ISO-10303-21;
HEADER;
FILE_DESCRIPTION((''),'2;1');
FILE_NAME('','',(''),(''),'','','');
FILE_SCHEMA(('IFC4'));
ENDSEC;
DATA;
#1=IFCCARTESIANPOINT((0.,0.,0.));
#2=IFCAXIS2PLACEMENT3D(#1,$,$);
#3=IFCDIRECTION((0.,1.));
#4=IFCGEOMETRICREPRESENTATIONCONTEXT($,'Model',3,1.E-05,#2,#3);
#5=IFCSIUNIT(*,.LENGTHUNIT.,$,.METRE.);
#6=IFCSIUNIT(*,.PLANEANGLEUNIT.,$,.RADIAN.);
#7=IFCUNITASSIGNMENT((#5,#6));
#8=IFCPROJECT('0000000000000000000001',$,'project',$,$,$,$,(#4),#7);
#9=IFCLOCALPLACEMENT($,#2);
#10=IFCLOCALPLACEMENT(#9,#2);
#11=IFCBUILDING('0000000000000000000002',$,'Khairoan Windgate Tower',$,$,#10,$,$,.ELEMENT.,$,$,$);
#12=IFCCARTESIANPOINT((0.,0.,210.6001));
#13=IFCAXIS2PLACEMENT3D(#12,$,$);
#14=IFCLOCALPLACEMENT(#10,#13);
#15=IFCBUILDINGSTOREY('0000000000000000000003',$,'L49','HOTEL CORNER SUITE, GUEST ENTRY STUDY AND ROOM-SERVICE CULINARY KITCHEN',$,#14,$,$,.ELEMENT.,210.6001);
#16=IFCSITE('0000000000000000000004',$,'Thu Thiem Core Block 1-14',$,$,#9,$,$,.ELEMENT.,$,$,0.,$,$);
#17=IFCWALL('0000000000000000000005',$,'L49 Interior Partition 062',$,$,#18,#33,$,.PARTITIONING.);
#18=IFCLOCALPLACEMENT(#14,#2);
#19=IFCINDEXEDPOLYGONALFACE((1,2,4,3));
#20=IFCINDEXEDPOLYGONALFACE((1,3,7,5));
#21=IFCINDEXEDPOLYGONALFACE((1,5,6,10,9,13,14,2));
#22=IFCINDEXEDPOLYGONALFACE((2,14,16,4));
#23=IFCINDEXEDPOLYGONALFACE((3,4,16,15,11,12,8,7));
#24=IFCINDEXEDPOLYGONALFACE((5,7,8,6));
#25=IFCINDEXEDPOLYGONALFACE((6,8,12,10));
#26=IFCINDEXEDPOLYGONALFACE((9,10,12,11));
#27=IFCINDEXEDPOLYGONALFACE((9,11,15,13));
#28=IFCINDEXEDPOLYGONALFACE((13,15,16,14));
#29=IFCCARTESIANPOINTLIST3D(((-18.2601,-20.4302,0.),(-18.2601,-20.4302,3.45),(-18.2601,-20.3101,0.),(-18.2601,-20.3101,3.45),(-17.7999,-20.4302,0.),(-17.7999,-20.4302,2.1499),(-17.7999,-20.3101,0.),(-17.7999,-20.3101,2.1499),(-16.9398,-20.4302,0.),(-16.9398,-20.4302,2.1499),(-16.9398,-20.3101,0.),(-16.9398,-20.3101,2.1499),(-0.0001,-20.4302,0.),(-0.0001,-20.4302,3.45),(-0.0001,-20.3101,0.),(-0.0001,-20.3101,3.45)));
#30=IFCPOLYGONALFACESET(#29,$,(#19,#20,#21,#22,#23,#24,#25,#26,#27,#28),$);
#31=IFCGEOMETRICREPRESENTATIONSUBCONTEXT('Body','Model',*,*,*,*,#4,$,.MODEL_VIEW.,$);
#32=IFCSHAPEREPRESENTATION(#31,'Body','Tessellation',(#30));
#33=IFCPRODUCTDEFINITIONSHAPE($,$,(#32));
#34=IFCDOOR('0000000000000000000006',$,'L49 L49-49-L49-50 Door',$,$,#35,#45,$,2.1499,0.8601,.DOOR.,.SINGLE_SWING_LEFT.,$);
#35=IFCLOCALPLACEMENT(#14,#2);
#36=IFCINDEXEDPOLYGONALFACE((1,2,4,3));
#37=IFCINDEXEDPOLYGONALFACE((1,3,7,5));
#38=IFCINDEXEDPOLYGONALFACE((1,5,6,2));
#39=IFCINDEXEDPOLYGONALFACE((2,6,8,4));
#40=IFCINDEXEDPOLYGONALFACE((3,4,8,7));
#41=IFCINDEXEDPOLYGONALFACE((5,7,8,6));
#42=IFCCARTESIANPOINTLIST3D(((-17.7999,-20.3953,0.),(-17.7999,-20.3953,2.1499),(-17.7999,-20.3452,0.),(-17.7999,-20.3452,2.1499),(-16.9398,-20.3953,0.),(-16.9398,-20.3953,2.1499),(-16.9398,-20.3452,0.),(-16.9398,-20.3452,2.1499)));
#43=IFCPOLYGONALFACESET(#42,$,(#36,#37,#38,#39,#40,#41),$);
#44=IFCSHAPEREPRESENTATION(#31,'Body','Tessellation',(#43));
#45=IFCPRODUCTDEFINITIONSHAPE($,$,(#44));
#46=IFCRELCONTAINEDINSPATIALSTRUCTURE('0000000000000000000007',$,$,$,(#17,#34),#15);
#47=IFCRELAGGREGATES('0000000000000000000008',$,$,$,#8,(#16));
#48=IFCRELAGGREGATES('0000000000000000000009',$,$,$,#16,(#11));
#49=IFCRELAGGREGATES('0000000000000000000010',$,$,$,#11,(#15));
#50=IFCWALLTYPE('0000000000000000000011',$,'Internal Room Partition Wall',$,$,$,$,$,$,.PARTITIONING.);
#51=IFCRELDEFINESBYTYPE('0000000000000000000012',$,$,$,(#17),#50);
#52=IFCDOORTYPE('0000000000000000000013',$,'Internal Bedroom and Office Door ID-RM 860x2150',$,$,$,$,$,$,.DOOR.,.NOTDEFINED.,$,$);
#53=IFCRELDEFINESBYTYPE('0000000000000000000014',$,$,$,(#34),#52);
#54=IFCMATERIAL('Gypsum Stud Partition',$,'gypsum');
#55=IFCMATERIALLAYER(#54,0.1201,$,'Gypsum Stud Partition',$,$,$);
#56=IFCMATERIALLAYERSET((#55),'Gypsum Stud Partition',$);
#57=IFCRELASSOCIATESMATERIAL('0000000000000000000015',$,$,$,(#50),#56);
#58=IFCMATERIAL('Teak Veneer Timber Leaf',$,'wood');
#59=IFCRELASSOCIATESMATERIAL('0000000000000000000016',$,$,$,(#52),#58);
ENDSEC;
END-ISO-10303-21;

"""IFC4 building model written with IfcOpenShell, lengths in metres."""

from ifc_helpers import new_model, si_unit, direction, frame, frame_2d, origin, place, context, subcontext, project, spatial, rectangle, extrude, material, layer, layer_set, type_object, element, fill, save


model = new_model("IFC4")

# Units and contexts
model_context = context("Model", 3, precision=1e-05, world=origin(), true_north=direction((0.0, 1.0)))
body_context = subcontext(model_context, "Body", "Model", "MODEL_VIEW")
ifc_project = project(units=[si_unit("LENGTHUNIT", "METRE"), si_unit("PLANEANGLEUNIT", "RADIAN")], contexts=[model_context])

# Site, building, storey
site_placement = place(None, origin())
site = spatial("IfcSite", under=ifc_project, at=site_placement, Name="Thu Thiem Core Block 1-14", CompositionType="ELEMENT", RefElevation=0.0)
building_placement = place(site_placement, origin())
building = spatial("IfcBuilding", under=site, at=building_placement, Name="Khairoan Windgate Tower", CompositionType="ELEMENT")
storey_placement = place(building_placement, frame((0.0, 0.0, 210.6001)))
storey = spatial("IfcBuildingStorey", under=building, at=storey_placement, Name="L49", Description="HOTEL CORNER SUITE, GUEST ENTRY STUDY AND ROOM-SERVICE CULINARY KITCHEN", CompositionType="ELEMENT", Elevation=210.6001)

# Wall, opening, door
ifc_material_1 = material(Name="Gypsum Stud Partition", Category="gypsum")
ifc_layer_1 = layer(ifc_material_1, 0.1201, Name="Gypsum Stud Partition")
ifc_layer_set_1 = layer_set([ifc_layer_1], Name="Gypsum Stud Partition")
wall_type_1 = type_object("IfcWallType", Name="Internal Room Partition Wall", PredefinedType="PARTITIONING", material=ifc_layer_set_1)
wall_1_placement = place(storey_placement, frame((-18.26, -20.3701, 0.0), z_axis=(0.0, 0.0, 1.0), x_axis=(1.0, 0.0, 0.0)))
wall_1 = element("IfcWall", 1, at=wall_1_placement, inside=storey, type_object=wall_type_1, Name="L49 Interior Partition 062", PredefinedType="PARTITIONING", context=body_context, shape_type="SweptSolid", body=[
    extrude(rectangle(XDim=18.26, YDim=0.1201, at=frame_2d((9.1299, 0.0))), origin(), (0.0, 0.0, 1.0), 3.45),
])
opening_1_placement = place(wall_1_placement, frame((0.46, 0.0, 0.0)))
opening_1 = element("IfcOpeningElement", 2, at=opening_1_placement, cuts=wall_1, PredefinedType="OPENING", context=body_context, shape_type="SweptSolid", body=[
    extrude(rectangle(XDim=0.8601, YDim=2.1499, at=frame_2d((0.4302, 1.075))), frame((0.0, 0.0701, 0.0), z_axis=(0.0, -1.0, 0.0), x_axis=(1.0, 0.0, 0.0)), (0.0, 0.0, 1.0), 0.1401),
])
ifc_material_2 = material(Name="Teak Veneer Timber Leaf", Category="wood")
door_type_1 = type_object("IfcDoorType", Name="Internal Bedroom and Office Door ID-RM 860x2150", OperationType="NOTDEFINED", PredefinedType="DOOR", material=ifc_material_2)
door_1_placement = place(opening_1_placement, origin())
door_1 = element("IfcDoor", 3, at=door_1_placement, inside=storey, type_object=door_type_1, Name="L49 L49-49-L49-50 Door", OperationType="SINGLE_SWING_LEFT", OverallHeight=2.1499, OverallWidth=0.8601, PredefinedType="DOOR", context=body_context, shape_type="SweptSolid", body=[
    extrude(rectangle(XDim=0.8601, YDim=2.1499, at=frame_2d((0.4302, 1.075))), frame((0.0, 0.0249, 0.0), z_axis=(0.0, -1.0, 0.0), x_axis=(1.0, 0.0, 0.0)), (0.0, 0.0, 1.0), 0.05),
])
fill(opening_1, door_1)

save(model, "model.ifc")
